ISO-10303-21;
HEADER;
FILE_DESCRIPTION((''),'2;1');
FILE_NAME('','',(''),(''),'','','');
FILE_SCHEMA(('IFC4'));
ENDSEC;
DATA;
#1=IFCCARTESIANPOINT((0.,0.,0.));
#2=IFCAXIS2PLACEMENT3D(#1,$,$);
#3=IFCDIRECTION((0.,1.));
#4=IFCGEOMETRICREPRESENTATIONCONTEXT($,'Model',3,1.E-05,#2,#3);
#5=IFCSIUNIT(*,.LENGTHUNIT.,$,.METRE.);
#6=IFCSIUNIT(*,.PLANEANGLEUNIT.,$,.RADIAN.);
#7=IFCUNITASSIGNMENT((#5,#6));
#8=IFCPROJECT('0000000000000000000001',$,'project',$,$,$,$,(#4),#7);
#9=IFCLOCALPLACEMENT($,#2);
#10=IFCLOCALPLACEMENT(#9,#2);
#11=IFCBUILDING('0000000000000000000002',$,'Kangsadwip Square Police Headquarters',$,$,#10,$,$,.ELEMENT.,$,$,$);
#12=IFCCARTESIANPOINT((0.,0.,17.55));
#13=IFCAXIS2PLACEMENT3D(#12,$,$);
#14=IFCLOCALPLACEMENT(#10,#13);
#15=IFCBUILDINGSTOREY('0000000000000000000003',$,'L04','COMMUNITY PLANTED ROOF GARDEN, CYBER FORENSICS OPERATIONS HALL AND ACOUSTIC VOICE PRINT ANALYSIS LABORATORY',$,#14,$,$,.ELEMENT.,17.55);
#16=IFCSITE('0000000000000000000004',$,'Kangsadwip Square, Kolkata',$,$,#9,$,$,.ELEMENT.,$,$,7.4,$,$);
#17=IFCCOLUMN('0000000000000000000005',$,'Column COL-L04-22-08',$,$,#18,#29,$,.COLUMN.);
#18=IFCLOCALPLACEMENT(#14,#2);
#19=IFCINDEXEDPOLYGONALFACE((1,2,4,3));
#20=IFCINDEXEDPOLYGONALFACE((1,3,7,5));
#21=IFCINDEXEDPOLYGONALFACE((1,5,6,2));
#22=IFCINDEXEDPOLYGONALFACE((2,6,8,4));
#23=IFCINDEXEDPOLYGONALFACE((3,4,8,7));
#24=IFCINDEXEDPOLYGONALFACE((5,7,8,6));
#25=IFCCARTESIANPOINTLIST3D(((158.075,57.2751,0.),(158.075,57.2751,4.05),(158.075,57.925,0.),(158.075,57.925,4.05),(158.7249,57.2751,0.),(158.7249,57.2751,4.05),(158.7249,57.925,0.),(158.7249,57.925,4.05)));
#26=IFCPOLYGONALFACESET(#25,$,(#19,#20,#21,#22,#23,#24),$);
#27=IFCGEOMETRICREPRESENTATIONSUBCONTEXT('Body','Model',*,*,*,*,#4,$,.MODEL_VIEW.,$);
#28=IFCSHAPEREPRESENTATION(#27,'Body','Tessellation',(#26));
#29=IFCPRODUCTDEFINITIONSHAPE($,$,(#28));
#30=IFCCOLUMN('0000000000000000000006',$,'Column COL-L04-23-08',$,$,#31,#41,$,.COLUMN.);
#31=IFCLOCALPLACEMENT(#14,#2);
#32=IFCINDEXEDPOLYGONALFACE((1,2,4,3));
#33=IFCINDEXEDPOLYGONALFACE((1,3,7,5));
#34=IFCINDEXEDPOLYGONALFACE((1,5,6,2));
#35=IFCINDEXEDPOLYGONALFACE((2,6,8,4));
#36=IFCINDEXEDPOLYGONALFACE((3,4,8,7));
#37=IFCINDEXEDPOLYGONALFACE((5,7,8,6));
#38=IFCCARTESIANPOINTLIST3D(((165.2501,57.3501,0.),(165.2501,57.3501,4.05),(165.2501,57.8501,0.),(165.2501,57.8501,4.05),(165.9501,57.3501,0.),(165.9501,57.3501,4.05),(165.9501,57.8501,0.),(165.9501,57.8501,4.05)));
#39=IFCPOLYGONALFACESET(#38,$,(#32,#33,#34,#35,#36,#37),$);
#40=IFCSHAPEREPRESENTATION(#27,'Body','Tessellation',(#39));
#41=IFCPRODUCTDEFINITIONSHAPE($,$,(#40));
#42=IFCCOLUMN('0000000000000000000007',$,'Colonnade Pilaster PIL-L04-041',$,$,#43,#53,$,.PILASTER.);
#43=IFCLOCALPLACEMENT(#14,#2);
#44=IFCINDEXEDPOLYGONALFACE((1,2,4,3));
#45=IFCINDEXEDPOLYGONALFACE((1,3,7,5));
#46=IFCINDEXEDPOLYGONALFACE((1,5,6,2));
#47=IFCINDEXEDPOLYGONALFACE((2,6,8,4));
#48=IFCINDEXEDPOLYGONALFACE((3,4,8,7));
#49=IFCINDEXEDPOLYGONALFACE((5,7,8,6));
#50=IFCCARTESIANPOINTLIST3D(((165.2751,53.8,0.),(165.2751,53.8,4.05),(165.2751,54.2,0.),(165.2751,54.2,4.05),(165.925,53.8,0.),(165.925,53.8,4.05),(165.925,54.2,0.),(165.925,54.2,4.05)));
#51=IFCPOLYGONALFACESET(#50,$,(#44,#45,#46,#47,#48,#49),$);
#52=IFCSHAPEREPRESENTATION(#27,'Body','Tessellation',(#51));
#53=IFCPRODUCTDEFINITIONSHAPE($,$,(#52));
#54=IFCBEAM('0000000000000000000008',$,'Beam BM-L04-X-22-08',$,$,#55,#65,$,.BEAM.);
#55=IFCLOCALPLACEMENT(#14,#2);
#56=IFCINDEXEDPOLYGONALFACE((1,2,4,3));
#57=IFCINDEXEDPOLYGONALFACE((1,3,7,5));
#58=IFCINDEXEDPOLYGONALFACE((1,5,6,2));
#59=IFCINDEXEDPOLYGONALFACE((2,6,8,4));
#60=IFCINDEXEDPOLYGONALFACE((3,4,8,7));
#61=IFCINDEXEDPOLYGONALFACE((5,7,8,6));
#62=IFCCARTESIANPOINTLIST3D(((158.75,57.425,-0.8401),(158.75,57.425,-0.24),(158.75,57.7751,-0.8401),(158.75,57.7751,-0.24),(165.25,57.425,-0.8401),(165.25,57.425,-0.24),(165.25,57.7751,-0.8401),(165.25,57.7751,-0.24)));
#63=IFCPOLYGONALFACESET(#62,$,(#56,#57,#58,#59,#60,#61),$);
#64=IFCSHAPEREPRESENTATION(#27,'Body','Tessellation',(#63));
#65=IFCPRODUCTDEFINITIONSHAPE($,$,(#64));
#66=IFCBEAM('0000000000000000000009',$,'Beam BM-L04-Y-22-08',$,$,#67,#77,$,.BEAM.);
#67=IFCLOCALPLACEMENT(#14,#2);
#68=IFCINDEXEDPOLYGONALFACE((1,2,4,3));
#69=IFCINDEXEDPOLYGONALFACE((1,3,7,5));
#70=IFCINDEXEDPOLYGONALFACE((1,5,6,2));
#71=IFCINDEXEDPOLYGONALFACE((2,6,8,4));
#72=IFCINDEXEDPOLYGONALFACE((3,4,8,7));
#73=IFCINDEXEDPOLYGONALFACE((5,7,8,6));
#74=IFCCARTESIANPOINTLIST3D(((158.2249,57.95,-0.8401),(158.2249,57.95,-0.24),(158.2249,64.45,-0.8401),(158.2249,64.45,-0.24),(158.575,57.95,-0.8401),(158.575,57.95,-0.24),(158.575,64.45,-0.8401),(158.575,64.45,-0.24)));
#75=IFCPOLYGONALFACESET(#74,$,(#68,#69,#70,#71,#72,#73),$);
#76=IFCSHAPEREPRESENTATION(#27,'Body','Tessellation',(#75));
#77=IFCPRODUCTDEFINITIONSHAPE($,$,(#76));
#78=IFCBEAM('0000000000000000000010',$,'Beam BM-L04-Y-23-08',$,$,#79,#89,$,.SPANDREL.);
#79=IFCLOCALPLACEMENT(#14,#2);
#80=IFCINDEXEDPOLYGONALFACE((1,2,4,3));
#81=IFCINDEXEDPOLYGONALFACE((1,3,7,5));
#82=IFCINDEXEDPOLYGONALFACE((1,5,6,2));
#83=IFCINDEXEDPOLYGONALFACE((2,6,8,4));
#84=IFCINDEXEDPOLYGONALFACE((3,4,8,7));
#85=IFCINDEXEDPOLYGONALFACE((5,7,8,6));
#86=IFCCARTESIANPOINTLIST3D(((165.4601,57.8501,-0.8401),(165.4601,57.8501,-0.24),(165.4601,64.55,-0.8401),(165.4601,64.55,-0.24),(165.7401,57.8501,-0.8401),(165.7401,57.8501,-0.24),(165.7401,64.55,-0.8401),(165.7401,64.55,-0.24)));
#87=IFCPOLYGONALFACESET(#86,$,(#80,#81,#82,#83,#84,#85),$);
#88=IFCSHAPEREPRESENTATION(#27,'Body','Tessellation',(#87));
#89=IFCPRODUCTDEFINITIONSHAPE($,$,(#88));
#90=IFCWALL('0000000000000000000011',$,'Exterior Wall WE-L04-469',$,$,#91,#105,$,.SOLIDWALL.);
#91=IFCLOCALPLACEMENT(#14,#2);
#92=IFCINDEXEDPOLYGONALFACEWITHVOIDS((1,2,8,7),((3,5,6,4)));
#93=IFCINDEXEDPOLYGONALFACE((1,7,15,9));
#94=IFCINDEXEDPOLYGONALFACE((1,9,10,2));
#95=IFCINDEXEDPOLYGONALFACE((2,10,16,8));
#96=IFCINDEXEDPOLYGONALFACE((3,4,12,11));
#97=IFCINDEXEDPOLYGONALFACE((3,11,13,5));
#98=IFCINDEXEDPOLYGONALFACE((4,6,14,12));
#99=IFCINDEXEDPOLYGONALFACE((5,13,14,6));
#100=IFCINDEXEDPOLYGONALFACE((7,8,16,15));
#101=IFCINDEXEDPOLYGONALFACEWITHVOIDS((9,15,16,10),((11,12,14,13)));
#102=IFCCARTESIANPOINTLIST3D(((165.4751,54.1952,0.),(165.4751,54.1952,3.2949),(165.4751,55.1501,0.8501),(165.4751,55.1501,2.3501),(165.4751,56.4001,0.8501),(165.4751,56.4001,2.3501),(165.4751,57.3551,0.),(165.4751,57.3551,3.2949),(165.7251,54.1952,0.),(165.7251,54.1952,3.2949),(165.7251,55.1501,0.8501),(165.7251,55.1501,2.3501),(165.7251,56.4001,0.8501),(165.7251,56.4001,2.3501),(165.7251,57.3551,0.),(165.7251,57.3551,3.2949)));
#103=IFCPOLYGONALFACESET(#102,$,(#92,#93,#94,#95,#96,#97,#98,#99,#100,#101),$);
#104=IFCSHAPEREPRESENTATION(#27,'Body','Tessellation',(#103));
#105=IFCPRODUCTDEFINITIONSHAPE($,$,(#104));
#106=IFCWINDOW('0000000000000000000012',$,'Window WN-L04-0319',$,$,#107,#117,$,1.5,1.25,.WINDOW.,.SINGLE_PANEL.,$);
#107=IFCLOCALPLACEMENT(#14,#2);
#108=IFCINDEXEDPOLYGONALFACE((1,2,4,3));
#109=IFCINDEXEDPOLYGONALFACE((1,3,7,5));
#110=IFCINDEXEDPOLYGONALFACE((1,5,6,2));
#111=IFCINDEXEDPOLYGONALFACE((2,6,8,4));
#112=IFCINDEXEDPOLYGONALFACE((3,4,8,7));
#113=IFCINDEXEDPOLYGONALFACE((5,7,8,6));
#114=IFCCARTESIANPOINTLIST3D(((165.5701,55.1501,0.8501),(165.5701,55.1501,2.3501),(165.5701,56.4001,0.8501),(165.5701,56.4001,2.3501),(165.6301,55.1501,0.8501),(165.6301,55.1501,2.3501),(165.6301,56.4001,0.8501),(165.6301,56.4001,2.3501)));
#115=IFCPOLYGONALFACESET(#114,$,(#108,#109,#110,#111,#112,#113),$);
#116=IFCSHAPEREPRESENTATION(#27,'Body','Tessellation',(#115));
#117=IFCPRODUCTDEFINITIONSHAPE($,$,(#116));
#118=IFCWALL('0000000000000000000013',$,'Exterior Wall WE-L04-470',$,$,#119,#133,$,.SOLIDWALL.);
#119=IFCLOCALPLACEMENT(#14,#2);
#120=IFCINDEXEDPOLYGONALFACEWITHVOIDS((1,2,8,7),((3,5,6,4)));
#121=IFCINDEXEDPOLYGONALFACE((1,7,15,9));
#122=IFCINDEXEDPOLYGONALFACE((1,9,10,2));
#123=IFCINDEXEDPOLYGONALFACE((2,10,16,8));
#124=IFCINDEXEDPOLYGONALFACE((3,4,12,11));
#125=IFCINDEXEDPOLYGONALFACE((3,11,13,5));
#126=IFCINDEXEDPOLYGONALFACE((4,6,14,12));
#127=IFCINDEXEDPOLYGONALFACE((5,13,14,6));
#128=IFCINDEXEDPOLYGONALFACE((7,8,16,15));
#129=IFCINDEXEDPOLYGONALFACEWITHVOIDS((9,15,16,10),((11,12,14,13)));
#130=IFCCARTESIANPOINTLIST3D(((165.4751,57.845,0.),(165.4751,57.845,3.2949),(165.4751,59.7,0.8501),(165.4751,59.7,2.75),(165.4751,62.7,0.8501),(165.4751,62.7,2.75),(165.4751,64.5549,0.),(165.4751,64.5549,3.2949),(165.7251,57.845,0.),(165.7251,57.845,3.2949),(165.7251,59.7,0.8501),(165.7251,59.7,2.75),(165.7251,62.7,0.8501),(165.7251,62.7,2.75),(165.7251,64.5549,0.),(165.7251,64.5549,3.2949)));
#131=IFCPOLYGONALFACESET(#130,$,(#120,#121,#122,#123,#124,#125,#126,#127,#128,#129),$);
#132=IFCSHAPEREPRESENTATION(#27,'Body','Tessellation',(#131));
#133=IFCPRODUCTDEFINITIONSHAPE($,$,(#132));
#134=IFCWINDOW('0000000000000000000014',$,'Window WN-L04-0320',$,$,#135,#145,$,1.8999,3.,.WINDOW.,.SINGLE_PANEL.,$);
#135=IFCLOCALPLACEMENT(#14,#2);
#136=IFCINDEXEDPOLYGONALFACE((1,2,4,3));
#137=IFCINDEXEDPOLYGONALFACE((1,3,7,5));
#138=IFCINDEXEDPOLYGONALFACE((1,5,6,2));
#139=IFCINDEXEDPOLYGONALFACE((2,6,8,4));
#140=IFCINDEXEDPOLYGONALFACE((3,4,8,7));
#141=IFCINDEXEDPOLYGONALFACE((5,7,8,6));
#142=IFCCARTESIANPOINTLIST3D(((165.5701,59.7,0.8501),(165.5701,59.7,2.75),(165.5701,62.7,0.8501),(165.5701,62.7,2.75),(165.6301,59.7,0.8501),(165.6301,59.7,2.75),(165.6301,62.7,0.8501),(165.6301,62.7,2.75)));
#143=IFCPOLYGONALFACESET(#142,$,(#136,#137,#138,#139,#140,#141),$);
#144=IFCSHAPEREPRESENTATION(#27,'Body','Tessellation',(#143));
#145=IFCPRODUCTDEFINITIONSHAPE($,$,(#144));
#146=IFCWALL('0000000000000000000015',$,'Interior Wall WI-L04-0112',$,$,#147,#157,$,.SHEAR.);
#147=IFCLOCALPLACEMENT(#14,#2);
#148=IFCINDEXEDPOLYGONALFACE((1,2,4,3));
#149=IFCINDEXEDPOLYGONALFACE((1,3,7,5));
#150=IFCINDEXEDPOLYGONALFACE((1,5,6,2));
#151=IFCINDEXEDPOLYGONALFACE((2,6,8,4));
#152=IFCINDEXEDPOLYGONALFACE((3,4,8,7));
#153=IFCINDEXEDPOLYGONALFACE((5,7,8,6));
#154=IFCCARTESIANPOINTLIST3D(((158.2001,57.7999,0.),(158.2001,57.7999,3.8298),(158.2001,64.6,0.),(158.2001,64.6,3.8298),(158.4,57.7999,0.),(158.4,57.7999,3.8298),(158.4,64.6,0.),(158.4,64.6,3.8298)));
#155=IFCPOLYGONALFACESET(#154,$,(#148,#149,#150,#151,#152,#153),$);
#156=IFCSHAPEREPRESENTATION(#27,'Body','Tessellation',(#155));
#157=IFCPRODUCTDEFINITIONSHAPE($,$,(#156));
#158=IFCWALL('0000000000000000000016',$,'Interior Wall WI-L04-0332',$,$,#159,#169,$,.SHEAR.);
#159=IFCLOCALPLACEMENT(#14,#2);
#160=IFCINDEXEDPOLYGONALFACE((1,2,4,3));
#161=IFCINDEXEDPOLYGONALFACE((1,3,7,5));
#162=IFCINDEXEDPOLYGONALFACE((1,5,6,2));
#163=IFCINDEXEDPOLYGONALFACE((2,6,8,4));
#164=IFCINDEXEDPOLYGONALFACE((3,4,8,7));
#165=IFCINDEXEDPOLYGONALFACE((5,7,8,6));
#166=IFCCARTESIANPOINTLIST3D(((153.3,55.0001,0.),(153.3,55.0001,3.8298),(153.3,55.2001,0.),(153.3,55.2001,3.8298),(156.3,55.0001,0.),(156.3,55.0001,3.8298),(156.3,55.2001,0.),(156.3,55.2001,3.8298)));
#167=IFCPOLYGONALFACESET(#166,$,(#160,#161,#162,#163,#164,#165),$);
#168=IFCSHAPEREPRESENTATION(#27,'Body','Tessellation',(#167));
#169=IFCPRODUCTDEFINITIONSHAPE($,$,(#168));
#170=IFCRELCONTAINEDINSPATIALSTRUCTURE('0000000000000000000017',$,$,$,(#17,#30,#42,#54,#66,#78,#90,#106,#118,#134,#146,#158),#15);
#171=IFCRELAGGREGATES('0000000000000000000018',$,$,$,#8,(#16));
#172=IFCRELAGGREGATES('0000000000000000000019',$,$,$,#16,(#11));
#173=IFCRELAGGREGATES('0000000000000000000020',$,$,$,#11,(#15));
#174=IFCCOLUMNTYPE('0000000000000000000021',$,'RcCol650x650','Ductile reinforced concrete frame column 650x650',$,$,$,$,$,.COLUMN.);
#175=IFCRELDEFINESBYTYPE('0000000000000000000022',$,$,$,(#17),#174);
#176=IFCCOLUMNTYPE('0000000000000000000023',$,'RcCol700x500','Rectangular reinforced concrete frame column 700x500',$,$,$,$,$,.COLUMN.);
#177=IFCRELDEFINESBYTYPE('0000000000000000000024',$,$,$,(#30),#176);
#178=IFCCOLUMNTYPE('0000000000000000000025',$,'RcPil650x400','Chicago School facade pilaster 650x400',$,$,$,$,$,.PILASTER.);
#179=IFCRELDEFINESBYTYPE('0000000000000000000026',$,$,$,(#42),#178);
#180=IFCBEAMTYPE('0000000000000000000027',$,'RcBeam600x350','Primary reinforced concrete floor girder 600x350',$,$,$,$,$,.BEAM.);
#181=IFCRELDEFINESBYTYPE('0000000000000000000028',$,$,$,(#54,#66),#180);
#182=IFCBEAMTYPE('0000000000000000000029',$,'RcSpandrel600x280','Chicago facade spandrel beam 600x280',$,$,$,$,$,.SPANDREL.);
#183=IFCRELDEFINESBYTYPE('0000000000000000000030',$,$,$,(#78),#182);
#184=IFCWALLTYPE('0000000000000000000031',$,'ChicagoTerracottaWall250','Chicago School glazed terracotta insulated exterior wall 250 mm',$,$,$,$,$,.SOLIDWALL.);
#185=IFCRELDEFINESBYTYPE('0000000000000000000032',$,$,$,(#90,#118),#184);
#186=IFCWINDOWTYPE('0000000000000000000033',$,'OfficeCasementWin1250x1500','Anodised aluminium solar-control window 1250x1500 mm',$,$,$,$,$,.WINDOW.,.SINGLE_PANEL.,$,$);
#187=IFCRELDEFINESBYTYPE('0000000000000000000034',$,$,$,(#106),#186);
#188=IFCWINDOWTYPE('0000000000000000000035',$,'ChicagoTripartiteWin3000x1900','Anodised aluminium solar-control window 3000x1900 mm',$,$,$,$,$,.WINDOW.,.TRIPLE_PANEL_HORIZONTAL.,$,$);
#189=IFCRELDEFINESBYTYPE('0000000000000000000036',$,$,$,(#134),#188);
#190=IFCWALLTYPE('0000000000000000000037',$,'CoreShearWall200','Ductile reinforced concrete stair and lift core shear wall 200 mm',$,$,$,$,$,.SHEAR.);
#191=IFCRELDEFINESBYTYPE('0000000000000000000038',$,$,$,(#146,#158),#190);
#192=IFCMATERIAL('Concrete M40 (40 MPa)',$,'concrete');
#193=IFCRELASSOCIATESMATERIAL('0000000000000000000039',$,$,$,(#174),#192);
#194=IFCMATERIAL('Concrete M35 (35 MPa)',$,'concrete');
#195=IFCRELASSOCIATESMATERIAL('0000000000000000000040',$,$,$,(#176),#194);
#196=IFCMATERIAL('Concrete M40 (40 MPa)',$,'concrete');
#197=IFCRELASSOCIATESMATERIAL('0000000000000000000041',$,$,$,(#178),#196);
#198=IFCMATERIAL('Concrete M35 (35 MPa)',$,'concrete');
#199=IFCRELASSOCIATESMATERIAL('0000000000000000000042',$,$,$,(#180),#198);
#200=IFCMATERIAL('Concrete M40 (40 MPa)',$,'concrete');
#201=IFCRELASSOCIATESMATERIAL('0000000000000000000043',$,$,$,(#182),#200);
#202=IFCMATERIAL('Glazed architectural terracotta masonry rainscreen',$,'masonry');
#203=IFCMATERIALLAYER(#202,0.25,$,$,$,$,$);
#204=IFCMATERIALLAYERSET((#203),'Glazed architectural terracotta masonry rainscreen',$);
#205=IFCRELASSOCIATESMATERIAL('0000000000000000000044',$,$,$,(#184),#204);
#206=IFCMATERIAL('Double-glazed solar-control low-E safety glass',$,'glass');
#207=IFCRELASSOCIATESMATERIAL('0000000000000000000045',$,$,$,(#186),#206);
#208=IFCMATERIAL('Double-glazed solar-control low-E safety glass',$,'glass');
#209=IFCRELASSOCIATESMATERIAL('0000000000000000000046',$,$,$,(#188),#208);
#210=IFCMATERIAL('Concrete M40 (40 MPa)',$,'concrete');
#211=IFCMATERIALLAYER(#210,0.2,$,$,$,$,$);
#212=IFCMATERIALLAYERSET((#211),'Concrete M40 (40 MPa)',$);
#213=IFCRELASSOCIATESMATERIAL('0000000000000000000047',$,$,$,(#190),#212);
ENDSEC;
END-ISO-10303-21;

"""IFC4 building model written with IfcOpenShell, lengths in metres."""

from ifc_helpers import new_model, si_unit, direction, frame, frame_2d, origin, origin_2d, place, context, subcontext, project, spatial, rectangle, extrude, material, layer, layer_set, material_profile, profile_set, type_object, element, fill, save


model = new_model("IFC4")

# Units and contexts
model_context = context("Model", 3, precision=1e-05, world=origin(), true_north=direction((0.0, 1.0)))
body_context = subcontext(model_context, "Body", "Model", "MODEL_VIEW")
ifc_project = project(units=[si_unit("LENGTHUNIT", "METRE"), si_unit("PLANEANGLEUNIT", "RADIAN")], contexts=[model_context])

# Site, building, storey
site_placement = place(None, origin())
site = spatial("IfcSite", under=ifc_project, at=site_placement, Name="Kangsadwip Square, Kolkata", CompositionType="ELEMENT", RefElevation=7.4)
building_placement = place(site_placement, origin())
building = spatial("IfcBuilding", under=site, at=building_placement, Name="Kangsadwip Square Police Headquarters", CompositionType="ELEMENT")
storey_placement = place(building_placement, frame((0.0, 0.0, 17.55)))
storey = spatial("IfcBuildingStorey", under=building, at=storey_placement, Name="L04", Description="COMMUNITY PLANTED ROOF GARDEN, CYBER FORENSICS OPERATIONS HALL AND ACOUSTIC VOICE PRINT ANALYSIS LABORATORY", CompositionType="ELEMENT", Elevation=17.55)

# Columns
ifc_material_1 = material(Name="Concrete M40 (40 MPa)", Category="concrete")
ifc_material_profile_1 = material_profile(ifc_material_1, rectangle(XDim=0.6499, YDim=0.6499, at=origin_2d()), Name="RC COL 650X650")
ifc_profile_set_1 = profile_set([ifc_material_profile_1], Name="Concrete M40 (40 MPa)")
column_type_1 = type_object("IfcColumnType", Name="RcCol650x650", Description="Ductile reinforced concrete frame column 650x650", PredefinedType="COLUMN", material=ifc_profile_set_1)
column_1_placement = place(storey_placement, frame((158.3999, 57.6001, 0.0), z_axis=(0.0, 0.0, 1.0), x_axis=(1.0, 0.0, 0.0)))
element("IfcColumn", 1, at=column_1_placement, inside=storey, type_object=column_type_1, Name="Column COL-L04-22-08", PredefinedType="COLUMN", context=body_context, shape_type="SweptSolid", body=[
    extrude(rectangle(XDim=0.6499, YDim=0.6499, at=origin_2d()), origin(), (0.0, 0.0, 1.0), 4.05),
])
ifc_material_2 = material(Name="Concrete M35 (35 MPa)", Category="concrete")
ifc_material_profile_2 = material_profile(ifc_material_2, rectangle(XDim=0.5, YDim=0.7, at=origin_2d()), Name="RC COL 700X500")
ifc_profile_set_2 = profile_set([ifc_material_profile_2], Name="Concrete M35 (35 MPa)")
column_type_2 = type_object("IfcColumnType", Name="RcCol700x500", Description="Rectangular reinforced concrete frame column 700x500", PredefinedType="COLUMN", material=ifc_profile_set_2)
column_2_placement = place(storey_placement, frame((165.6001, 57.6001, 0.0), z_axis=(0.0, 0.0, 1.0), x_axis=(0.0, 1.0, 0.0)))
element("IfcColumn", 2, at=column_2_placement, inside=storey, type_object=column_type_2, Name="Column COL-L04-23-08", PredefinedType="COLUMN", context=body_context, shape_type="SweptSolid", body=[
    extrude(rectangle(XDim=0.5, YDim=0.7, at=origin_2d()), origin(), (0.0, 0.0, 1.0), 4.05),
])
ifc_material_3 = material(Name="Concrete M40 (40 MPa)", Category="concrete")
ifc_material_profile_3 = material_profile(ifc_material_3, rectangle(XDim=0.3999, YDim=0.6499, at=origin_2d()), Name="RC PIL 650X400")
ifc_profile_set_3 = profile_set([ifc_material_profile_3], Name="Concrete M40 (40 MPa)")
column_type_3 = type_object("IfcColumnType", Name="RcPil650x400", Description="Chicago School facade pilaster 650x400", PredefinedType="PILASTER", material=ifc_profile_set_3)
column_3_placement = place(storey_placement, frame((165.6001, 54.0, 0.0), z_axis=(0.0, 0.0, 1.0), x_axis=(0.0, 1.0, 0.0)))
element("IfcColumn", 3, at=column_3_placement, inside=storey, type_object=column_type_3, Name="Colonnade Pilaster PIL-L04-041", PredefinedType="PILASTER", context=body_context, shape_type="SweptSolid", body=[
    extrude(rectangle(XDim=0.3999, YDim=0.6499, at=origin_2d()), origin(), (0.0, 0.0, 1.0), 4.05),
])

# Beams
ifc_material_4 = material(Name="Concrete M35 (35 MPa)", Category="concrete")
ifc_material_profile_4 = material_profile(ifc_material_4, rectangle(XDim=0.3501, YDim=0.6001, at=origin_2d()), Name="RC BM 600X350")
ifc_profile_set_4 = profile_set([ifc_material_profile_4], Name="Concrete M35 (35 MPa)")
beam_type_1 = type_object("IfcBeamType", Name="RcBeam600x350", Description="Primary reinforced concrete floor girder 600x350", PredefinedType="BEAM", material=ifc_profile_set_4)
for number, where, z_axis, x_axis, name in (
    (4, (158.75, 57.6001, -0.54), (1.0, 0.0, 0.0), (0.0, 1.0, 0.0), "Beam BM-L04-X-22-08"),
    (5, (158.3999, 57.95, -0.54), (0.0, 1.0, 0.0), (-1.0, 0.0, 0.0), "Beam BM-L04-Y-22-08"),
):
    element("IfcBeam", number, at=place(storey_placement, frame(where, z_axis=z_axis, x_axis=x_axis)), inside=storey, type_object=beam_type_1, Name=name, PredefinedType="BEAM", context=body_context, shape_type="SweptSolid", body=[
        extrude(rectangle(XDim=0.3501, YDim=0.6001, at=origin_2d()), origin(), (0.0, 0.0, 1.0), 6.5),
    ])
ifc_material_5 = material(Name="Concrete M40 (40 MPa)", Category="concrete")
ifc_material_profile_5 = material_profile(ifc_material_5, rectangle(XDim=0.28, YDim=0.6001, at=origin_2d()), Name="RC SPN 600X280")
ifc_profile_set_5 = profile_set([ifc_material_profile_5], Name="Concrete M40 (40 MPa)")
beam_type_2 = type_object("IfcBeamType", Name="RcSpandrel600x280", Description="Chicago facade spandrel beam 600x280", PredefinedType="SPANDREL", material=ifc_profile_set_5)
beam_placement = place(storey_placement, frame((165.6001, 57.8501, -0.54), z_axis=(0.0, 1.0, 0.0), x_axis=(-1.0, 0.0, 0.0)))
element("IfcBeam", 6, at=beam_placement, inside=storey, type_object=beam_type_2, Name="Beam BM-L04-Y-23-08", PredefinedType="SPANDREL", context=body_context, shape_type="SweptSolid", body=[
    extrude(rectangle(XDim=0.28, YDim=0.6001, at=origin_2d()), origin(), (0.0, 0.0, 1.0), 6.7),
])

# Walls, openings, windows
ifc_material_6 = material(Name="Glazed architectural terracotta masonry rainscreen", Category="masonry")
ifc_layer_1 = layer(ifc_material_6, 0.25)
ifc_layer_set_1 = layer_set([ifc_layer_1], Name="Glazed architectural terracotta masonry rainscreen")
wall_type_1 = type_object("IfcWallType", Name="ChicagoTerracottaWall250", Description="Chicago School glazed terracotta insulated exterior wall 250 mm", PredefinedType="SOLIDWALL", material=ifc_layer_set_1)
wall_1_placement = place(storey_placement, frame((165.6001, 54.1951, 0.0), z_axis=(0.0, 0.0, 1.0), x_axis=(0.0, 1.0, 0.0)))
wall_1 = element("IfcWall", 7, at=wall_1_placement, inside=storey, type_object=wall_type_1, Name="Exterior Wall WE-L04-469", PredefinedType="SOLIDWALL", context=body_context, shape_type="SweptSolid", body=[
    extrude(rectangle(XDim=3.1599, YDim=0.25, at=frame_2d((1.5801, 0.0))), origin(), (0.0, 0.0, 1.0), 3.2949),
])
opening_1_placement = place(wall_1_placement, frame((0.9551, 0.0, 0.8501)))
opening_1 = element("IfcOpeningElement", 8, at=opening_1_placement, cuts=wall_1, PredefinedType="OPENING", context=body_context, shape_type="SweptSolid", body=[
    extrude(rectangle(XDim=1.25, YDim=1.5, at=frame_2d((0.625, 0.75))), frame((0.0, 0.135, 0.0), z_axis=(0.0, -1.0, 0.0), x_axis=(1.0, 0.0, 0.0)), (0.0, 0.0, 1.0), 0.27),
])
ifc_material_7 = material(Name="Double-glazed solar-control low-E safety glass", Category="glass")
window_type_1 = type_object("IfcWindowType", Name="OfficeCasementWin1250x1500", Description="Anodised aluminium solar-control window 1250x1500 mm", PartitioningType="SINGLE_PANEL", PredefinedType="WINDOW", material=ifc_material_7)
window_1_placement = place(opening_1_placement, origin())
window_1 = element("IfcWindow", 9, at=window_1_placement, inside=storey, type_object=window_type_1, Name="Window WN-L04-0319", OverallHeight=1.5, OverallWidth=1.25, PartitioningType="SINGLE_PANEL", PredefinedType="WINDOW", context=body_context, shape_type="SweptSolid", body=[
    extrude(rectangle(XDim=1.25, YDim=1.5, at=frame_2d((0.625, 0.75))), frame((0.0, 0.03, 0.0), z_axis=(0.0, -1.0, 0.0), x_axis=(1.0, 0.0, 0.0)), (0.0, 0.0, 1.0), 0.0601),
])
fill(opening_1, window_1)
wall_2_placement = place(storey_placement, frame((165.6001, 57.845, 0.0), z_axis=(0.0, 0.0, 1.0), x_axis=(0.0, 1.0, 0.0)))
wall_2 = element("IfcWall", 10, at=wall_2_placement, inside=storey, type_object=wall_type_1, Name="Exterior Wall WE-L04-470", PredefinedType="SOLIDWALL", context=body_context, shape_type="SweptSolid", body=[
    extrude(rectangle(XDim=6.71, YDim=0.25, at=frame_2d((3.355, 0.0))), origin(), (0.0, 0.0, 1.0), 3.2949),
])
opening_2_placement = place(wall_2_placement, frame((1.855, 0.0, 0.8501)))
opening_2 = element("IfcOpeningElement", 11, at=opening_2_placement, cuts=wall_2, PredefinedType="OPENING", context=body_context, shape_type="SweptSolid", body=[
    extrude(rectangle(XDim=3.0, YDim=1.8999, at=frame_2d((1.5, 0.95))), frame((0.0, 0.135, 0.0), z_axis=(0.0, -1.0, 0.0), x_axis=(1.0, 0.0, 0.0)), (0.0, 0.0, 1.0), 0.27),
])
ifc_material_8 = material(Name="Double-glazed solar-control low-E safety glass", Category="glass")
window_type_2 = type_object("IfcWindowType", Name="ChicagoTripartiteWin3000x1900", Description="Anodised aluminium solar-control window 3000x1900 mm", PartitioningType="TRIPLE_PANEL_HORIZONTAL", PredefinedType="WINDOW", material=ifc_material_8)
window_2_placement = place(opening_2_placement, origin())
window_2 = element("IfcWindow", 12, at=window_2_placement, inside=storey, type_object=window_type_2, Name="Window WN-L04-0320", OverallHeight=1.8999, OverallWidth=3.0, PartitioningType="SINGLE_PANEL", PredefinedType="WINDOW", context=body_context, shape_type="SweptSolid", body=[
    extrude(rectangle(XDim=3.0, YDim=1.8999, at=frame_2d((1.5, 0.95))), frame((0.0, 0.03, 0.0), z_axis=(0.0, -1.0, 0.0), x_axis=(1.0, 0.0, 0.0)), (0.0, 0.0, 1.0), 0.0601),
])
fill(opening_2, window_2)

# Walls
ifc_material_9 = material(Name="Concrete M40 (40 MPa)", Category="concrete")
ifc_layer_2 = layer(ifc_material_9, 0.2)
ifc_layer_set_2 = layer_set([ifc_layer_2], Name="Concrete M40 (40 MPa)")
wall_type_2 = type_object("IfcWallType", Name="CoreShearWall200", Description="Ductile reinforced concrete stair and lift core shear wall 200 mm", PredefinedType="SHEAR", material=ifc_layer_set_2)
wall_3_placement = place(storey_placement, frame((158.3, 57.8, 0.0), z_axis=(0.0, 0.0, 1.0), x_axis=(0.0, 1.0, 0.0)))
element("IfcWall", 13, at=wall_3_placement, inside=storey, type_object=wall_type_2, Name="Interior Wall WI-L04-0112", PredefinedType="SHEAR", context=body_context, shape_type="SweptSolid", body=[
    extrude(rectangle(XDim=6.8, YDim=0.2, at=frame_2d((3.3999, 0.0))), origin(), (0.0, 0.0, 1.0), 3.8298),
])
wall_4_placement = place(storey_placement, frame((153.3, 55.1001, 0.0), z_axis=(0.0, 0.0, 1.0), x_axis=(1.0, 0.0, 0.0)))
element("IfcWall", 14, at=wall_4_placement, inside=storey, type_object=wall_type_2, Name="Interior Wall WI-L04-0332", PredefinedType="SHEAR", context=body_context, shape_type="SweptSolid", body=[
    extrude(rectangle(XDim=3.0, YDim=0.2, at=frame_2d((1.5, 0.0))), origin(), (0.0, 0.0, 1.0), 3.8298),
])

save(model, "model.ifc")
